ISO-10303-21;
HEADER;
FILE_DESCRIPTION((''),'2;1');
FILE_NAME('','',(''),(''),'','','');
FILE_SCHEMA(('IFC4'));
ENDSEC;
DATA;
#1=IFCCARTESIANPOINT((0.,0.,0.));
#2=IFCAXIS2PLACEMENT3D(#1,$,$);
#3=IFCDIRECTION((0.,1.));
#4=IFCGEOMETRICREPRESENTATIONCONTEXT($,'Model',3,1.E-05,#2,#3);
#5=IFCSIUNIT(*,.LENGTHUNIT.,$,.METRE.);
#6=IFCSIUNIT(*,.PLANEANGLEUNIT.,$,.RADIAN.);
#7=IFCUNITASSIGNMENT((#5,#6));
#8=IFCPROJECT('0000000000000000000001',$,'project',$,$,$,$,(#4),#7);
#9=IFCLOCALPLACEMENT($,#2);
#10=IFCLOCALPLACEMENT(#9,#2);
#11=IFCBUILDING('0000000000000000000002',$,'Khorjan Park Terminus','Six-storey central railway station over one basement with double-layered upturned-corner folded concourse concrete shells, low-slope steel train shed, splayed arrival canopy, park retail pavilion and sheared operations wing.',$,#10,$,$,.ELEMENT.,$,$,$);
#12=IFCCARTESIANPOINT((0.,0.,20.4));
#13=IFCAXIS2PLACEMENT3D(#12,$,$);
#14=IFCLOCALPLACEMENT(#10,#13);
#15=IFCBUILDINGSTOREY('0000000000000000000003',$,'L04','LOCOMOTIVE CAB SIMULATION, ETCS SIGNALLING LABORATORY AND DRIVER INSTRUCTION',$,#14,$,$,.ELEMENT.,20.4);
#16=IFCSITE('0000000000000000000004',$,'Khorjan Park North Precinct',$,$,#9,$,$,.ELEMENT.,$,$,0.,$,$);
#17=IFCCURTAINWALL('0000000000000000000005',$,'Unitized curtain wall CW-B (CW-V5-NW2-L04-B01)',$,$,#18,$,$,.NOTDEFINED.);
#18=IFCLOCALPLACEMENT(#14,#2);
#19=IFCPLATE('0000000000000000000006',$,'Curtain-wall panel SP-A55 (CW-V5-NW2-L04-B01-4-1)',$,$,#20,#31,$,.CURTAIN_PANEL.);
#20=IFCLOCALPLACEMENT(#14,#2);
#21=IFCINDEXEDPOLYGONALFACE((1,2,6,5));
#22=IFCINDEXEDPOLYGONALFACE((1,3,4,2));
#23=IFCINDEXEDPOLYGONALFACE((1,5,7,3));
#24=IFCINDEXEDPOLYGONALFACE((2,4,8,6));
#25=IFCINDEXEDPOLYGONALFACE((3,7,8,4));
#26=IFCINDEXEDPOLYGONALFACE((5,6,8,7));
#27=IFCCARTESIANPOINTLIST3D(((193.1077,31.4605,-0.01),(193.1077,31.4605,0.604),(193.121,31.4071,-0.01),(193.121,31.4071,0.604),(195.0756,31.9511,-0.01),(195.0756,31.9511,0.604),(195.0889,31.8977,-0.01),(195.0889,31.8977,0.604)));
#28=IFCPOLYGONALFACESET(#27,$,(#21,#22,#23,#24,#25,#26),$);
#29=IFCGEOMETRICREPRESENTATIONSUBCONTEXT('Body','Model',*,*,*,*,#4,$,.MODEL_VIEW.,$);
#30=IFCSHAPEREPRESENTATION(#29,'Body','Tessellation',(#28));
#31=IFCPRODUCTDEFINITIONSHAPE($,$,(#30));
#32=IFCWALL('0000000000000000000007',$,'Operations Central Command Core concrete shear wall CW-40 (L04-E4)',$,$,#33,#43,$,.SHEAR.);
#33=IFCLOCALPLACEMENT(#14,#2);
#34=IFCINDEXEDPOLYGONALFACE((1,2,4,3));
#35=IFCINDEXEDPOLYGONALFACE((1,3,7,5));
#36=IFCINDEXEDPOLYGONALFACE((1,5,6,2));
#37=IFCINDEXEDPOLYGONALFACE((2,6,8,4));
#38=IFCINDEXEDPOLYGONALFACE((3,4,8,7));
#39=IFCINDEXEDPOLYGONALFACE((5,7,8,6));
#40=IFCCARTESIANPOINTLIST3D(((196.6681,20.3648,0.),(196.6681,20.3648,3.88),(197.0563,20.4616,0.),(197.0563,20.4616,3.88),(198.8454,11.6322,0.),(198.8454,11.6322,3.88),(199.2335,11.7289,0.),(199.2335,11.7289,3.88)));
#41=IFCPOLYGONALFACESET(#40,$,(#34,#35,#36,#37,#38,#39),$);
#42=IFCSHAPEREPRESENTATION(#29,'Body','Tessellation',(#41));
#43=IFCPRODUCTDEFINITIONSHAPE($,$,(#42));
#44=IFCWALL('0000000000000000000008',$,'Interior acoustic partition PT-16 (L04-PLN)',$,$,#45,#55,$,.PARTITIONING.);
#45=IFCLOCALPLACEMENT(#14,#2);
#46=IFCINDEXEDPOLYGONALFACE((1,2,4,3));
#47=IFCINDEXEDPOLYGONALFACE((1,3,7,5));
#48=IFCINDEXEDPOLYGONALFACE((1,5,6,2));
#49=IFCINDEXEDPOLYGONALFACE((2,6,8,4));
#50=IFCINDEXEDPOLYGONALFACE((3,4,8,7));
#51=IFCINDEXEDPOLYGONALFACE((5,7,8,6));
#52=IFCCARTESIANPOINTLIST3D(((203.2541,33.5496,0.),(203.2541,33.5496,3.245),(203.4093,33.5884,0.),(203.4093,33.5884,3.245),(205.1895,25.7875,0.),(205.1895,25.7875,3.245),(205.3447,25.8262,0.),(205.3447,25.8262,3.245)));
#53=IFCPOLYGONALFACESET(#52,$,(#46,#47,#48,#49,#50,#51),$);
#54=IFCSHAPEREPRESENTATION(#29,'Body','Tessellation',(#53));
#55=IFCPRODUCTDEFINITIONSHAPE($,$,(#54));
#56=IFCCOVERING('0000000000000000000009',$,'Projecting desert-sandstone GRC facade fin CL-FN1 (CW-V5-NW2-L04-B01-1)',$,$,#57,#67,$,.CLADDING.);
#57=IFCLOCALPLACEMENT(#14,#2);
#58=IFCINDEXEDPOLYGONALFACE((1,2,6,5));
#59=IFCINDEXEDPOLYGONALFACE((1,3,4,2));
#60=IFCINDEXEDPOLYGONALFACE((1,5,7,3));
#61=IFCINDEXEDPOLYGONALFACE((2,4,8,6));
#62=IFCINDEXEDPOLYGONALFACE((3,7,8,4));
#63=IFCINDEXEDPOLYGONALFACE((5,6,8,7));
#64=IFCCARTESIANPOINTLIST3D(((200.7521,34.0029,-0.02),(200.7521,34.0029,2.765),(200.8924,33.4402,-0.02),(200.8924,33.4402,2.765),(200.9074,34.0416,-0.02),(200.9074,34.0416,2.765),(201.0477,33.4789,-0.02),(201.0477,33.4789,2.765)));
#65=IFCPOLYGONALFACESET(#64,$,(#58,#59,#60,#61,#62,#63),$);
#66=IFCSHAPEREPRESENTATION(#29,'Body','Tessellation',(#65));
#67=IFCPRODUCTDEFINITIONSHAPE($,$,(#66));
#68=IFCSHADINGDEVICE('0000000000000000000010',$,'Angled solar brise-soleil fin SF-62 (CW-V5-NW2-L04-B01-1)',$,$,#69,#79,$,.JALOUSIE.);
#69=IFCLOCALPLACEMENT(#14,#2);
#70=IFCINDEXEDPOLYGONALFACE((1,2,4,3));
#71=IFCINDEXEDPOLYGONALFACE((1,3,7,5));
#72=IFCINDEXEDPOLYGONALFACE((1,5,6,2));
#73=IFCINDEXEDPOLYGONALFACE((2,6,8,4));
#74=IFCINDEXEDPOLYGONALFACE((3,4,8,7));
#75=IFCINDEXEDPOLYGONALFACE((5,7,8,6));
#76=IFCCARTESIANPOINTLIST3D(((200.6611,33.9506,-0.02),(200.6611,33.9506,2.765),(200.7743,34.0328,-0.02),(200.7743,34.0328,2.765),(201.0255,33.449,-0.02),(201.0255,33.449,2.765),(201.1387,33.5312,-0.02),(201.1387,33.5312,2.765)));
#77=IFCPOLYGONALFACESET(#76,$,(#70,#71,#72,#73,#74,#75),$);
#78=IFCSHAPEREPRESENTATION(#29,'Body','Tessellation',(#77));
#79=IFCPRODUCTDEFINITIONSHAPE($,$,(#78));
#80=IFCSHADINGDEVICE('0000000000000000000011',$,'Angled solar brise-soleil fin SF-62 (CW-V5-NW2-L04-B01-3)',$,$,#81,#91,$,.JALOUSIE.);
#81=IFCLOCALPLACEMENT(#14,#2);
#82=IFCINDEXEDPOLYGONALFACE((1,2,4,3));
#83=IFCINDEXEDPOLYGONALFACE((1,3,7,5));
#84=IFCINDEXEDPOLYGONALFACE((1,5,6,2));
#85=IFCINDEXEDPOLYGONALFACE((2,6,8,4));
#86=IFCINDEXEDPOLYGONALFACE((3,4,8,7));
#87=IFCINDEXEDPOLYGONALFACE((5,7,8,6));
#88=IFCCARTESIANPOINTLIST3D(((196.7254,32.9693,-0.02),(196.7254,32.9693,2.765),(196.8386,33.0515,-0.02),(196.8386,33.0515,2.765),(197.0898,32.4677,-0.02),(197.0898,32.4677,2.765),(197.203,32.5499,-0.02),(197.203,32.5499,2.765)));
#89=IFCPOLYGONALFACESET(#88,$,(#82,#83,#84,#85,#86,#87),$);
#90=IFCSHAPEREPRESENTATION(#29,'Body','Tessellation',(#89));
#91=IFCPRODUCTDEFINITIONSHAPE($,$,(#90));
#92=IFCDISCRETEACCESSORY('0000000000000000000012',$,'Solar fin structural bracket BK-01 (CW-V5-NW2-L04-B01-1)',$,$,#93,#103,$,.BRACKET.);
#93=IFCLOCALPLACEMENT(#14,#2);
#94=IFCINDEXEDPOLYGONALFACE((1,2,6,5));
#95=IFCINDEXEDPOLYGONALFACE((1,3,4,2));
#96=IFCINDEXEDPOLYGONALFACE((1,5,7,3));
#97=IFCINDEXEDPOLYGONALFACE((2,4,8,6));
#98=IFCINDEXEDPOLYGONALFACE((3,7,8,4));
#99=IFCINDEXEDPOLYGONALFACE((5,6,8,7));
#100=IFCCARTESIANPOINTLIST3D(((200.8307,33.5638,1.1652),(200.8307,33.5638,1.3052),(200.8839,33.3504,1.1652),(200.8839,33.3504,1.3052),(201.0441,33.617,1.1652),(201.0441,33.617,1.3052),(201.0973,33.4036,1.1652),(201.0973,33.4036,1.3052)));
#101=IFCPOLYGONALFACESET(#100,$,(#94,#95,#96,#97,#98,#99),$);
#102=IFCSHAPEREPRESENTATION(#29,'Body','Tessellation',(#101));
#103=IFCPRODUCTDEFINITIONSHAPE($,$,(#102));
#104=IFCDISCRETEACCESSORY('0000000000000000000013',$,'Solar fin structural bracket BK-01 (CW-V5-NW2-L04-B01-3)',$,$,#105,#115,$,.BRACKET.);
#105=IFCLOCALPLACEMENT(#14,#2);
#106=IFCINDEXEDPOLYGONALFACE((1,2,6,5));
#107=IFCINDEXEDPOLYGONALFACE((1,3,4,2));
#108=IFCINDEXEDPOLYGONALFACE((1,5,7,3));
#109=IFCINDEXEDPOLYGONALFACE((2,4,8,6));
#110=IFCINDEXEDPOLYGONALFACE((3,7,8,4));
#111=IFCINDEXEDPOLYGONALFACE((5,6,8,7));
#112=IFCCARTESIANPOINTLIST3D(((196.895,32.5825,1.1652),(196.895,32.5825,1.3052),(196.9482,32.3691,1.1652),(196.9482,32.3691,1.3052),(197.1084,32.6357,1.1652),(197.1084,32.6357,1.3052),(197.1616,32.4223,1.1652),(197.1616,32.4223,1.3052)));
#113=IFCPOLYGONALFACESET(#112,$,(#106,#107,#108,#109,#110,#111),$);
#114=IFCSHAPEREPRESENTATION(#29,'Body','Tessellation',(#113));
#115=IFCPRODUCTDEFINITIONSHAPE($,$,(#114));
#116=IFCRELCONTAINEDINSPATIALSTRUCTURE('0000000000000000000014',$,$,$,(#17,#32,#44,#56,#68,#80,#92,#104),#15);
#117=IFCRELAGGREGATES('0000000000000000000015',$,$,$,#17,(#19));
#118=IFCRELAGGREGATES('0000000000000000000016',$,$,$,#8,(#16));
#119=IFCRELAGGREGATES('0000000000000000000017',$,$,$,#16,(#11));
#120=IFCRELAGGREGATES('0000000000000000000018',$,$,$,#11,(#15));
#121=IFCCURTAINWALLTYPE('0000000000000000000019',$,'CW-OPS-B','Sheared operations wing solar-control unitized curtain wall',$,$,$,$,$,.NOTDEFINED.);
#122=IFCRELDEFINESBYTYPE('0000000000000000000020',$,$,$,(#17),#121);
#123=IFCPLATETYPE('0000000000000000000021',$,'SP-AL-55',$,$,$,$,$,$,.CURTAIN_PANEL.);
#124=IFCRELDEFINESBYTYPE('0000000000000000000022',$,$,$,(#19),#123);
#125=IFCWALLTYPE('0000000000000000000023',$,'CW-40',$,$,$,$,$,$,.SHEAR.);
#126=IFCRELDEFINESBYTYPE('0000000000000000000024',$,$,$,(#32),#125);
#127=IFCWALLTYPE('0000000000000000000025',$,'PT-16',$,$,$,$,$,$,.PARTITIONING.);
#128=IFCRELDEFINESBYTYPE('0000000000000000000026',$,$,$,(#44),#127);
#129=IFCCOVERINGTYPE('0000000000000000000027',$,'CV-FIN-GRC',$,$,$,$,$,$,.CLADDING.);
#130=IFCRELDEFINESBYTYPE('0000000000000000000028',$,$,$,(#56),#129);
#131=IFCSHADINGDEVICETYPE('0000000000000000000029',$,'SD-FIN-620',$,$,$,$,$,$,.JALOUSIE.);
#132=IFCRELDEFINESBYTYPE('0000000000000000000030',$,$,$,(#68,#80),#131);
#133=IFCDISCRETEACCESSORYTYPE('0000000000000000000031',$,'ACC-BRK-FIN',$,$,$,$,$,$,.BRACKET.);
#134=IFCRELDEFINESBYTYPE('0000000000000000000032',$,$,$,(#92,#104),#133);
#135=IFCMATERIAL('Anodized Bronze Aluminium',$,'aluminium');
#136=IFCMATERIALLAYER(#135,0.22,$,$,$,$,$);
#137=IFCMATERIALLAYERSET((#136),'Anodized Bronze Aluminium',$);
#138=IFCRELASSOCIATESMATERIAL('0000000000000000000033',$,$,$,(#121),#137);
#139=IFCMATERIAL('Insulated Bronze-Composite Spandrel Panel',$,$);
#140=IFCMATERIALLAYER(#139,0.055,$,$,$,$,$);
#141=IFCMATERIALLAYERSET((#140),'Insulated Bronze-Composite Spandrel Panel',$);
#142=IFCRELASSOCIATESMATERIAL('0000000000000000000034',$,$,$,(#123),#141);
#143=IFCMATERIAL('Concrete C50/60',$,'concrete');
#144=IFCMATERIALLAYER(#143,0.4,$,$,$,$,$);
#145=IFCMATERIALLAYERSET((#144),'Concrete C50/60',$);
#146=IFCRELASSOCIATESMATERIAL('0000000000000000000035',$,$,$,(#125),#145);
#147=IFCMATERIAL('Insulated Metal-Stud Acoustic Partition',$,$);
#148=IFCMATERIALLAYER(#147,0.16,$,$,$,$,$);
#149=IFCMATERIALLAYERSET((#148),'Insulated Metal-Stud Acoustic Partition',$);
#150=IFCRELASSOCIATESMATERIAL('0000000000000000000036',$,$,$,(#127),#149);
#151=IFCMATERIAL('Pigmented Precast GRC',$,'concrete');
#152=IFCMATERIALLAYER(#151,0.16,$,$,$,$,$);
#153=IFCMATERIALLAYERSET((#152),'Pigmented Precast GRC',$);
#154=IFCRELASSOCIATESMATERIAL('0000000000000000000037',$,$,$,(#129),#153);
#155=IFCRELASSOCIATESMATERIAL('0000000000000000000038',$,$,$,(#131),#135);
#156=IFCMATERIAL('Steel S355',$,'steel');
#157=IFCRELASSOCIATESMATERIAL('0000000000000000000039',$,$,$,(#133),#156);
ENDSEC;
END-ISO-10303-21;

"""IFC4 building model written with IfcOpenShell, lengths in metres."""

from ifc_helpers import new_model, si_unit, direction, frame, frame_2d, origin, origin_2d, place, context, subcontext, project, spatial, rectangle, extrude, material, layer, layer_set, type_object, element, aggregate, save


model = new_model("IFC4")

# Units and contexts
model_context = context("Model", 3, precision=1e-05, world=origin(), true_north=direction((0.0, 1.0)))
body_context = subcontext(model_context, "Body", "Model", "MODEL_VIEW")
ifc_project = project(units=[si_unit("LENGTHUNIT", "METRE"), si_unit("PLANEANGLEUNIT", "RADIAN")], contexts=[model_context])

# Site, building, storey
site_placement = place(None, origin())
site = spatial("IfcSite", under=ifc_project, at=site_placement, Name="Khorjan Park North Precinct", CompositionType="ELEMENT", RefElevation=0.0)
building_placement = place(site_placement, origin())
building = spatial("IfcBuilding", under=site, at=building_placement, Name="Khorjan Park Terminus", Description="Six-storey central railway station over one basement with double-layered upturned-corner folded concourse concrete shells, low-slope steel train shed, splayed arrival canopy, park retail pavilion and sheared operations wing.", CompositionType="ELEMENT")
storey_placement = place(building_placement, frame((0.0, 0.0, 20.4)))
storey = spatial("IfcBuildingStorey", under=building, at=storey_placement, Name="L04", Description="LOCOMOTIVE CAB SIMULATION, ETCS SIGNALLING LABORATORY AND DRIVER INSTRUCTION", CompositionType="ELEMENT", Elevation=20.4)

# Shared definitions
ifc_material_1 = material(Name="Concrete C50/60", Category="concrete")

# Shared definitions
ifc_material_2 = material(Name="Steel S355", Category="steel")

# Curtain wall, plate
ifc_material_3 = material(Name="Anodized Bronze Aluminium", Category="aluminium")
ifc_layer_1 = layer(ifc_material_3, 0.22)
ifc_layer_set_1 = layer_set([ifc_layer_1], Name="Anodized Bronze Aluminium")
curtain_wall_type = type_object("IfcCurtainWallType", Name="CW-OPS-B", Description="Sheared operations wing solar-control unitized curtain wall", PredefinedType="NOTDEFINED", material=ifc_layer_set_1)
curtain_wall_placement = place(storey_placement, origin())
curtain_wall = element("IfcCurtainWall", 1, at=curtain_wall_placement, inside=storey, type_object=curtain_wall_type, Name="Unitized curtain wall CW-B (CW-V5-NW2-L04-B01)", PredefinedType="NOTDEFINED")
ifc_material_4 = material(Name="Insulated Bronze-Composite Spandrel Panel")
ifc_layer_2 = layer(ifc_material_4, 0.055)
ifc_layer_set_2 = layer_set([ifc_layer_2], Name="Insulated Bronze-Composite Spandrel Panel")
plate_type_1 = type_object("IfcPlateType", Name="SP-AL-55", PredefinedType="CURTAIN_PANEL", material=ifc_layer_set_2)
plate_1_placement = place(storey_placement, frame((194.0983, 31.6791, -0.01), z_axis=(0.0, 0.0, 1.0), x_axis=(-0.970294, -0.241928, 0.0)))
plate_1 = element("IfcPlate", 2, at=plate_1_placement, type_object=plate_type_1, Name="Curtain-wall panel SP-A55 (CW-V5-NW2-L04-B01-4-1)", PredefinedType="CURTAIN_PANEL", context=body_context, shape_type="SweptSolid", body=[
    extrude(rectangle(XDim=2.0281, YDim=0.055, at=origin_2d()), origin(), (0.0, 0.0, 1.0), 0.614),
])
aggregate(curtain_wall, [plate_1])

# Walls
ifc_layer_3 = layer(ifc_material_1, 0.4)
ifc_layer_set_3 = layer_set([ifc_layer_3], Name="Concrete C50/60")
wall_type_1 = type_object("IfcWallType", Name="CW-40", PredefinedType="SHEAR", material=ifc_layer_set_3)
wall_1_placement = place(storey_placement, frame((196.8622, 20.4132, 0.0), z_axis=(0.0, 0.0, 1.0), x_axis=(0.241921, -0.970296, 0.0)))
element("IfcWall", 3, at=wall_1_placement, inside=storey, type_object=wall_type_1, Name="Operations Central Command Core concrete shear wall CW-40 (L04-E4)", PredefinedType="SHEAR", context=body_context, shape_type="SweptSolid", body=[
    extrude(rectangle(XDim=9.0, YDim=0.4, at=frame_2d((4.5, 0.0))), origin(), (0.0, 0.0, 1.0), 3.88),
])
ifc_material_5 = material(Name="Insulated Metal-Stud Acoustic Partition")
ifc_layer_4 = layer(ifc_material_5, 0.16)
ifc_layer_set_4 = layer_set([ifc_layer_4], Name="Insulated Metal-Stud Acoustic Partition")
wall_type_2 = type_object("IfcWallType", Name="PT-16", PredefinedType="PARTITIONING", material=ifc_layer_set_4)
wall_2_placement = place(storey_placement, frame((203.3317, 33.569, 0.0), z_axis=(0.0, 0.0, 1.0), x_axis=(0.24193, -0.970294, 0.0)))
element("IfcWall", 4, at=wall_2_placement, inside=storey, type_object=wall_type_2, Name="Interior acoustic partition PT-16 (L04-PLN)", PredefinedType="PARTITIONING", context=body_context, shape_type="SweptSolid", body=[
    extrude(rectangle(XDim=7.9998, YDim=0.16, at=frame_2d((3.9999, 0.0))), origin(), (0.0, 0.0, 1.0), 3.245),
])

# Covering
ifc_material_6 = material(Name="Pigmented Precast GRC", Category="concrete")
ifc_layer_5 = layer(ifc_material_6, 0.16)
ifc_layer_set_5 = layer_set([ifc_layer_5], Name="Pigmented Precast GRC")
covering_type = type_object("IfcCoveringType", Name="CV-FIN-GRC", PredefinedType="CLADDING", material=ifc_layer_set_5)
covering_placement = place(storey_placement, frame((200.8999, 33.7409, -0.02), z_axis=(0.0, 0.0, 1.0), x_axis=(0.241922, -0.970296, 0.0)))
element("IfcCovering", 5, at=covering_placement, inside=storey, type_object=covering_type, Name="Projecting desert-sandstone GRC facade fin CL-FN1 (CW-V5-NW2-L04-B01-1)", PredefinedType="CLADDING", context=body_context, shape_type="SweptSolid", body=[
    extrude(rectangle(XDim=0.58, YDim=0.16, at=origin_2d()), origin(), (0.0, 0.0, 1.0), 2.785),
])

# Shading devices
shading_device_type = type_object("IfcShadingDeviceType", Name="SD-FIN-620", PredefinedType="JALOUSIE", material=ifc_material_3)
for number, where, z_axis, x_axis, name in (
    (6, (200.8999, 33.7409, -0.02), (0.0, 0.0, 1.0), (0.587785, -0.809017, 0.0), "Angled solar brise-soleil fin SF-62 (CW-V5-NW2-L04-B01-1)"),
    (7, (196.9642, 32.7596, -0.02), (0.0, 0.0, 1.0), (0.587785, -0.809017, 0.0), "Angled solar brise-soleil fin SF-62 (CW-V5-NW2-L04-B01-3)"),
):
    element("IfcShadingDevice", number, at=place(storey_placement, frame(where, z_axis=z_axis, x_axis=x_axis)), inside=storey, type_object=shading_device_type, Name=name, PredefinedType="JALOUSIE", context=body_context, shape_type="SweptSolid", body=[
        extrude(rectangle(XDim=0.62, YDim=0.14, at=origin_2d()), origin(), (0.0, 0.0, 1.0), 2.785),
    ])

# Discrete accessories
discrete_accessory_type = type_object("IfcDiscreteAccessoryType", Name="ACC-BRK-FIN", PredefinedType="BRACKET", material=ifc_material_2)
for number, where, z_axis, x_axis, name in (
    (8, (200.964, 33.4837, 1.1652), (0.0, 0.0, 1.0), (-0.970294, -0.241928, 0.0), "Solar fin structural bracket BK-01 (CW-V5-NW2-L04-B01-1)"),
    (9, (197.0283, 32.5024, 1.1652), (0.0, 0.0, 1.0), (-0.970294, -0.241928, 0.0), "Solar fin structural bracket BK-01 (CW-V5-NW2-L04-B01-3)"),
):
    element("IfcDiscreteAccessory", number, at=place(storey_placement, frame(where, z_axis=z_axis, x_axis=x_axis)), inside=storey, type_object=discrete_accessory_type, Name=name, PredefinedType="BRACKET", context=body_context, shape_type="SweptSolid", body=[
        extrude(rectangle(XDim=0.22, YDim=0.22, at=origin_2d()), origin(), (0.0, 0.0, 1.0), 0.14),
    ])

save(model, "model.ifc")
